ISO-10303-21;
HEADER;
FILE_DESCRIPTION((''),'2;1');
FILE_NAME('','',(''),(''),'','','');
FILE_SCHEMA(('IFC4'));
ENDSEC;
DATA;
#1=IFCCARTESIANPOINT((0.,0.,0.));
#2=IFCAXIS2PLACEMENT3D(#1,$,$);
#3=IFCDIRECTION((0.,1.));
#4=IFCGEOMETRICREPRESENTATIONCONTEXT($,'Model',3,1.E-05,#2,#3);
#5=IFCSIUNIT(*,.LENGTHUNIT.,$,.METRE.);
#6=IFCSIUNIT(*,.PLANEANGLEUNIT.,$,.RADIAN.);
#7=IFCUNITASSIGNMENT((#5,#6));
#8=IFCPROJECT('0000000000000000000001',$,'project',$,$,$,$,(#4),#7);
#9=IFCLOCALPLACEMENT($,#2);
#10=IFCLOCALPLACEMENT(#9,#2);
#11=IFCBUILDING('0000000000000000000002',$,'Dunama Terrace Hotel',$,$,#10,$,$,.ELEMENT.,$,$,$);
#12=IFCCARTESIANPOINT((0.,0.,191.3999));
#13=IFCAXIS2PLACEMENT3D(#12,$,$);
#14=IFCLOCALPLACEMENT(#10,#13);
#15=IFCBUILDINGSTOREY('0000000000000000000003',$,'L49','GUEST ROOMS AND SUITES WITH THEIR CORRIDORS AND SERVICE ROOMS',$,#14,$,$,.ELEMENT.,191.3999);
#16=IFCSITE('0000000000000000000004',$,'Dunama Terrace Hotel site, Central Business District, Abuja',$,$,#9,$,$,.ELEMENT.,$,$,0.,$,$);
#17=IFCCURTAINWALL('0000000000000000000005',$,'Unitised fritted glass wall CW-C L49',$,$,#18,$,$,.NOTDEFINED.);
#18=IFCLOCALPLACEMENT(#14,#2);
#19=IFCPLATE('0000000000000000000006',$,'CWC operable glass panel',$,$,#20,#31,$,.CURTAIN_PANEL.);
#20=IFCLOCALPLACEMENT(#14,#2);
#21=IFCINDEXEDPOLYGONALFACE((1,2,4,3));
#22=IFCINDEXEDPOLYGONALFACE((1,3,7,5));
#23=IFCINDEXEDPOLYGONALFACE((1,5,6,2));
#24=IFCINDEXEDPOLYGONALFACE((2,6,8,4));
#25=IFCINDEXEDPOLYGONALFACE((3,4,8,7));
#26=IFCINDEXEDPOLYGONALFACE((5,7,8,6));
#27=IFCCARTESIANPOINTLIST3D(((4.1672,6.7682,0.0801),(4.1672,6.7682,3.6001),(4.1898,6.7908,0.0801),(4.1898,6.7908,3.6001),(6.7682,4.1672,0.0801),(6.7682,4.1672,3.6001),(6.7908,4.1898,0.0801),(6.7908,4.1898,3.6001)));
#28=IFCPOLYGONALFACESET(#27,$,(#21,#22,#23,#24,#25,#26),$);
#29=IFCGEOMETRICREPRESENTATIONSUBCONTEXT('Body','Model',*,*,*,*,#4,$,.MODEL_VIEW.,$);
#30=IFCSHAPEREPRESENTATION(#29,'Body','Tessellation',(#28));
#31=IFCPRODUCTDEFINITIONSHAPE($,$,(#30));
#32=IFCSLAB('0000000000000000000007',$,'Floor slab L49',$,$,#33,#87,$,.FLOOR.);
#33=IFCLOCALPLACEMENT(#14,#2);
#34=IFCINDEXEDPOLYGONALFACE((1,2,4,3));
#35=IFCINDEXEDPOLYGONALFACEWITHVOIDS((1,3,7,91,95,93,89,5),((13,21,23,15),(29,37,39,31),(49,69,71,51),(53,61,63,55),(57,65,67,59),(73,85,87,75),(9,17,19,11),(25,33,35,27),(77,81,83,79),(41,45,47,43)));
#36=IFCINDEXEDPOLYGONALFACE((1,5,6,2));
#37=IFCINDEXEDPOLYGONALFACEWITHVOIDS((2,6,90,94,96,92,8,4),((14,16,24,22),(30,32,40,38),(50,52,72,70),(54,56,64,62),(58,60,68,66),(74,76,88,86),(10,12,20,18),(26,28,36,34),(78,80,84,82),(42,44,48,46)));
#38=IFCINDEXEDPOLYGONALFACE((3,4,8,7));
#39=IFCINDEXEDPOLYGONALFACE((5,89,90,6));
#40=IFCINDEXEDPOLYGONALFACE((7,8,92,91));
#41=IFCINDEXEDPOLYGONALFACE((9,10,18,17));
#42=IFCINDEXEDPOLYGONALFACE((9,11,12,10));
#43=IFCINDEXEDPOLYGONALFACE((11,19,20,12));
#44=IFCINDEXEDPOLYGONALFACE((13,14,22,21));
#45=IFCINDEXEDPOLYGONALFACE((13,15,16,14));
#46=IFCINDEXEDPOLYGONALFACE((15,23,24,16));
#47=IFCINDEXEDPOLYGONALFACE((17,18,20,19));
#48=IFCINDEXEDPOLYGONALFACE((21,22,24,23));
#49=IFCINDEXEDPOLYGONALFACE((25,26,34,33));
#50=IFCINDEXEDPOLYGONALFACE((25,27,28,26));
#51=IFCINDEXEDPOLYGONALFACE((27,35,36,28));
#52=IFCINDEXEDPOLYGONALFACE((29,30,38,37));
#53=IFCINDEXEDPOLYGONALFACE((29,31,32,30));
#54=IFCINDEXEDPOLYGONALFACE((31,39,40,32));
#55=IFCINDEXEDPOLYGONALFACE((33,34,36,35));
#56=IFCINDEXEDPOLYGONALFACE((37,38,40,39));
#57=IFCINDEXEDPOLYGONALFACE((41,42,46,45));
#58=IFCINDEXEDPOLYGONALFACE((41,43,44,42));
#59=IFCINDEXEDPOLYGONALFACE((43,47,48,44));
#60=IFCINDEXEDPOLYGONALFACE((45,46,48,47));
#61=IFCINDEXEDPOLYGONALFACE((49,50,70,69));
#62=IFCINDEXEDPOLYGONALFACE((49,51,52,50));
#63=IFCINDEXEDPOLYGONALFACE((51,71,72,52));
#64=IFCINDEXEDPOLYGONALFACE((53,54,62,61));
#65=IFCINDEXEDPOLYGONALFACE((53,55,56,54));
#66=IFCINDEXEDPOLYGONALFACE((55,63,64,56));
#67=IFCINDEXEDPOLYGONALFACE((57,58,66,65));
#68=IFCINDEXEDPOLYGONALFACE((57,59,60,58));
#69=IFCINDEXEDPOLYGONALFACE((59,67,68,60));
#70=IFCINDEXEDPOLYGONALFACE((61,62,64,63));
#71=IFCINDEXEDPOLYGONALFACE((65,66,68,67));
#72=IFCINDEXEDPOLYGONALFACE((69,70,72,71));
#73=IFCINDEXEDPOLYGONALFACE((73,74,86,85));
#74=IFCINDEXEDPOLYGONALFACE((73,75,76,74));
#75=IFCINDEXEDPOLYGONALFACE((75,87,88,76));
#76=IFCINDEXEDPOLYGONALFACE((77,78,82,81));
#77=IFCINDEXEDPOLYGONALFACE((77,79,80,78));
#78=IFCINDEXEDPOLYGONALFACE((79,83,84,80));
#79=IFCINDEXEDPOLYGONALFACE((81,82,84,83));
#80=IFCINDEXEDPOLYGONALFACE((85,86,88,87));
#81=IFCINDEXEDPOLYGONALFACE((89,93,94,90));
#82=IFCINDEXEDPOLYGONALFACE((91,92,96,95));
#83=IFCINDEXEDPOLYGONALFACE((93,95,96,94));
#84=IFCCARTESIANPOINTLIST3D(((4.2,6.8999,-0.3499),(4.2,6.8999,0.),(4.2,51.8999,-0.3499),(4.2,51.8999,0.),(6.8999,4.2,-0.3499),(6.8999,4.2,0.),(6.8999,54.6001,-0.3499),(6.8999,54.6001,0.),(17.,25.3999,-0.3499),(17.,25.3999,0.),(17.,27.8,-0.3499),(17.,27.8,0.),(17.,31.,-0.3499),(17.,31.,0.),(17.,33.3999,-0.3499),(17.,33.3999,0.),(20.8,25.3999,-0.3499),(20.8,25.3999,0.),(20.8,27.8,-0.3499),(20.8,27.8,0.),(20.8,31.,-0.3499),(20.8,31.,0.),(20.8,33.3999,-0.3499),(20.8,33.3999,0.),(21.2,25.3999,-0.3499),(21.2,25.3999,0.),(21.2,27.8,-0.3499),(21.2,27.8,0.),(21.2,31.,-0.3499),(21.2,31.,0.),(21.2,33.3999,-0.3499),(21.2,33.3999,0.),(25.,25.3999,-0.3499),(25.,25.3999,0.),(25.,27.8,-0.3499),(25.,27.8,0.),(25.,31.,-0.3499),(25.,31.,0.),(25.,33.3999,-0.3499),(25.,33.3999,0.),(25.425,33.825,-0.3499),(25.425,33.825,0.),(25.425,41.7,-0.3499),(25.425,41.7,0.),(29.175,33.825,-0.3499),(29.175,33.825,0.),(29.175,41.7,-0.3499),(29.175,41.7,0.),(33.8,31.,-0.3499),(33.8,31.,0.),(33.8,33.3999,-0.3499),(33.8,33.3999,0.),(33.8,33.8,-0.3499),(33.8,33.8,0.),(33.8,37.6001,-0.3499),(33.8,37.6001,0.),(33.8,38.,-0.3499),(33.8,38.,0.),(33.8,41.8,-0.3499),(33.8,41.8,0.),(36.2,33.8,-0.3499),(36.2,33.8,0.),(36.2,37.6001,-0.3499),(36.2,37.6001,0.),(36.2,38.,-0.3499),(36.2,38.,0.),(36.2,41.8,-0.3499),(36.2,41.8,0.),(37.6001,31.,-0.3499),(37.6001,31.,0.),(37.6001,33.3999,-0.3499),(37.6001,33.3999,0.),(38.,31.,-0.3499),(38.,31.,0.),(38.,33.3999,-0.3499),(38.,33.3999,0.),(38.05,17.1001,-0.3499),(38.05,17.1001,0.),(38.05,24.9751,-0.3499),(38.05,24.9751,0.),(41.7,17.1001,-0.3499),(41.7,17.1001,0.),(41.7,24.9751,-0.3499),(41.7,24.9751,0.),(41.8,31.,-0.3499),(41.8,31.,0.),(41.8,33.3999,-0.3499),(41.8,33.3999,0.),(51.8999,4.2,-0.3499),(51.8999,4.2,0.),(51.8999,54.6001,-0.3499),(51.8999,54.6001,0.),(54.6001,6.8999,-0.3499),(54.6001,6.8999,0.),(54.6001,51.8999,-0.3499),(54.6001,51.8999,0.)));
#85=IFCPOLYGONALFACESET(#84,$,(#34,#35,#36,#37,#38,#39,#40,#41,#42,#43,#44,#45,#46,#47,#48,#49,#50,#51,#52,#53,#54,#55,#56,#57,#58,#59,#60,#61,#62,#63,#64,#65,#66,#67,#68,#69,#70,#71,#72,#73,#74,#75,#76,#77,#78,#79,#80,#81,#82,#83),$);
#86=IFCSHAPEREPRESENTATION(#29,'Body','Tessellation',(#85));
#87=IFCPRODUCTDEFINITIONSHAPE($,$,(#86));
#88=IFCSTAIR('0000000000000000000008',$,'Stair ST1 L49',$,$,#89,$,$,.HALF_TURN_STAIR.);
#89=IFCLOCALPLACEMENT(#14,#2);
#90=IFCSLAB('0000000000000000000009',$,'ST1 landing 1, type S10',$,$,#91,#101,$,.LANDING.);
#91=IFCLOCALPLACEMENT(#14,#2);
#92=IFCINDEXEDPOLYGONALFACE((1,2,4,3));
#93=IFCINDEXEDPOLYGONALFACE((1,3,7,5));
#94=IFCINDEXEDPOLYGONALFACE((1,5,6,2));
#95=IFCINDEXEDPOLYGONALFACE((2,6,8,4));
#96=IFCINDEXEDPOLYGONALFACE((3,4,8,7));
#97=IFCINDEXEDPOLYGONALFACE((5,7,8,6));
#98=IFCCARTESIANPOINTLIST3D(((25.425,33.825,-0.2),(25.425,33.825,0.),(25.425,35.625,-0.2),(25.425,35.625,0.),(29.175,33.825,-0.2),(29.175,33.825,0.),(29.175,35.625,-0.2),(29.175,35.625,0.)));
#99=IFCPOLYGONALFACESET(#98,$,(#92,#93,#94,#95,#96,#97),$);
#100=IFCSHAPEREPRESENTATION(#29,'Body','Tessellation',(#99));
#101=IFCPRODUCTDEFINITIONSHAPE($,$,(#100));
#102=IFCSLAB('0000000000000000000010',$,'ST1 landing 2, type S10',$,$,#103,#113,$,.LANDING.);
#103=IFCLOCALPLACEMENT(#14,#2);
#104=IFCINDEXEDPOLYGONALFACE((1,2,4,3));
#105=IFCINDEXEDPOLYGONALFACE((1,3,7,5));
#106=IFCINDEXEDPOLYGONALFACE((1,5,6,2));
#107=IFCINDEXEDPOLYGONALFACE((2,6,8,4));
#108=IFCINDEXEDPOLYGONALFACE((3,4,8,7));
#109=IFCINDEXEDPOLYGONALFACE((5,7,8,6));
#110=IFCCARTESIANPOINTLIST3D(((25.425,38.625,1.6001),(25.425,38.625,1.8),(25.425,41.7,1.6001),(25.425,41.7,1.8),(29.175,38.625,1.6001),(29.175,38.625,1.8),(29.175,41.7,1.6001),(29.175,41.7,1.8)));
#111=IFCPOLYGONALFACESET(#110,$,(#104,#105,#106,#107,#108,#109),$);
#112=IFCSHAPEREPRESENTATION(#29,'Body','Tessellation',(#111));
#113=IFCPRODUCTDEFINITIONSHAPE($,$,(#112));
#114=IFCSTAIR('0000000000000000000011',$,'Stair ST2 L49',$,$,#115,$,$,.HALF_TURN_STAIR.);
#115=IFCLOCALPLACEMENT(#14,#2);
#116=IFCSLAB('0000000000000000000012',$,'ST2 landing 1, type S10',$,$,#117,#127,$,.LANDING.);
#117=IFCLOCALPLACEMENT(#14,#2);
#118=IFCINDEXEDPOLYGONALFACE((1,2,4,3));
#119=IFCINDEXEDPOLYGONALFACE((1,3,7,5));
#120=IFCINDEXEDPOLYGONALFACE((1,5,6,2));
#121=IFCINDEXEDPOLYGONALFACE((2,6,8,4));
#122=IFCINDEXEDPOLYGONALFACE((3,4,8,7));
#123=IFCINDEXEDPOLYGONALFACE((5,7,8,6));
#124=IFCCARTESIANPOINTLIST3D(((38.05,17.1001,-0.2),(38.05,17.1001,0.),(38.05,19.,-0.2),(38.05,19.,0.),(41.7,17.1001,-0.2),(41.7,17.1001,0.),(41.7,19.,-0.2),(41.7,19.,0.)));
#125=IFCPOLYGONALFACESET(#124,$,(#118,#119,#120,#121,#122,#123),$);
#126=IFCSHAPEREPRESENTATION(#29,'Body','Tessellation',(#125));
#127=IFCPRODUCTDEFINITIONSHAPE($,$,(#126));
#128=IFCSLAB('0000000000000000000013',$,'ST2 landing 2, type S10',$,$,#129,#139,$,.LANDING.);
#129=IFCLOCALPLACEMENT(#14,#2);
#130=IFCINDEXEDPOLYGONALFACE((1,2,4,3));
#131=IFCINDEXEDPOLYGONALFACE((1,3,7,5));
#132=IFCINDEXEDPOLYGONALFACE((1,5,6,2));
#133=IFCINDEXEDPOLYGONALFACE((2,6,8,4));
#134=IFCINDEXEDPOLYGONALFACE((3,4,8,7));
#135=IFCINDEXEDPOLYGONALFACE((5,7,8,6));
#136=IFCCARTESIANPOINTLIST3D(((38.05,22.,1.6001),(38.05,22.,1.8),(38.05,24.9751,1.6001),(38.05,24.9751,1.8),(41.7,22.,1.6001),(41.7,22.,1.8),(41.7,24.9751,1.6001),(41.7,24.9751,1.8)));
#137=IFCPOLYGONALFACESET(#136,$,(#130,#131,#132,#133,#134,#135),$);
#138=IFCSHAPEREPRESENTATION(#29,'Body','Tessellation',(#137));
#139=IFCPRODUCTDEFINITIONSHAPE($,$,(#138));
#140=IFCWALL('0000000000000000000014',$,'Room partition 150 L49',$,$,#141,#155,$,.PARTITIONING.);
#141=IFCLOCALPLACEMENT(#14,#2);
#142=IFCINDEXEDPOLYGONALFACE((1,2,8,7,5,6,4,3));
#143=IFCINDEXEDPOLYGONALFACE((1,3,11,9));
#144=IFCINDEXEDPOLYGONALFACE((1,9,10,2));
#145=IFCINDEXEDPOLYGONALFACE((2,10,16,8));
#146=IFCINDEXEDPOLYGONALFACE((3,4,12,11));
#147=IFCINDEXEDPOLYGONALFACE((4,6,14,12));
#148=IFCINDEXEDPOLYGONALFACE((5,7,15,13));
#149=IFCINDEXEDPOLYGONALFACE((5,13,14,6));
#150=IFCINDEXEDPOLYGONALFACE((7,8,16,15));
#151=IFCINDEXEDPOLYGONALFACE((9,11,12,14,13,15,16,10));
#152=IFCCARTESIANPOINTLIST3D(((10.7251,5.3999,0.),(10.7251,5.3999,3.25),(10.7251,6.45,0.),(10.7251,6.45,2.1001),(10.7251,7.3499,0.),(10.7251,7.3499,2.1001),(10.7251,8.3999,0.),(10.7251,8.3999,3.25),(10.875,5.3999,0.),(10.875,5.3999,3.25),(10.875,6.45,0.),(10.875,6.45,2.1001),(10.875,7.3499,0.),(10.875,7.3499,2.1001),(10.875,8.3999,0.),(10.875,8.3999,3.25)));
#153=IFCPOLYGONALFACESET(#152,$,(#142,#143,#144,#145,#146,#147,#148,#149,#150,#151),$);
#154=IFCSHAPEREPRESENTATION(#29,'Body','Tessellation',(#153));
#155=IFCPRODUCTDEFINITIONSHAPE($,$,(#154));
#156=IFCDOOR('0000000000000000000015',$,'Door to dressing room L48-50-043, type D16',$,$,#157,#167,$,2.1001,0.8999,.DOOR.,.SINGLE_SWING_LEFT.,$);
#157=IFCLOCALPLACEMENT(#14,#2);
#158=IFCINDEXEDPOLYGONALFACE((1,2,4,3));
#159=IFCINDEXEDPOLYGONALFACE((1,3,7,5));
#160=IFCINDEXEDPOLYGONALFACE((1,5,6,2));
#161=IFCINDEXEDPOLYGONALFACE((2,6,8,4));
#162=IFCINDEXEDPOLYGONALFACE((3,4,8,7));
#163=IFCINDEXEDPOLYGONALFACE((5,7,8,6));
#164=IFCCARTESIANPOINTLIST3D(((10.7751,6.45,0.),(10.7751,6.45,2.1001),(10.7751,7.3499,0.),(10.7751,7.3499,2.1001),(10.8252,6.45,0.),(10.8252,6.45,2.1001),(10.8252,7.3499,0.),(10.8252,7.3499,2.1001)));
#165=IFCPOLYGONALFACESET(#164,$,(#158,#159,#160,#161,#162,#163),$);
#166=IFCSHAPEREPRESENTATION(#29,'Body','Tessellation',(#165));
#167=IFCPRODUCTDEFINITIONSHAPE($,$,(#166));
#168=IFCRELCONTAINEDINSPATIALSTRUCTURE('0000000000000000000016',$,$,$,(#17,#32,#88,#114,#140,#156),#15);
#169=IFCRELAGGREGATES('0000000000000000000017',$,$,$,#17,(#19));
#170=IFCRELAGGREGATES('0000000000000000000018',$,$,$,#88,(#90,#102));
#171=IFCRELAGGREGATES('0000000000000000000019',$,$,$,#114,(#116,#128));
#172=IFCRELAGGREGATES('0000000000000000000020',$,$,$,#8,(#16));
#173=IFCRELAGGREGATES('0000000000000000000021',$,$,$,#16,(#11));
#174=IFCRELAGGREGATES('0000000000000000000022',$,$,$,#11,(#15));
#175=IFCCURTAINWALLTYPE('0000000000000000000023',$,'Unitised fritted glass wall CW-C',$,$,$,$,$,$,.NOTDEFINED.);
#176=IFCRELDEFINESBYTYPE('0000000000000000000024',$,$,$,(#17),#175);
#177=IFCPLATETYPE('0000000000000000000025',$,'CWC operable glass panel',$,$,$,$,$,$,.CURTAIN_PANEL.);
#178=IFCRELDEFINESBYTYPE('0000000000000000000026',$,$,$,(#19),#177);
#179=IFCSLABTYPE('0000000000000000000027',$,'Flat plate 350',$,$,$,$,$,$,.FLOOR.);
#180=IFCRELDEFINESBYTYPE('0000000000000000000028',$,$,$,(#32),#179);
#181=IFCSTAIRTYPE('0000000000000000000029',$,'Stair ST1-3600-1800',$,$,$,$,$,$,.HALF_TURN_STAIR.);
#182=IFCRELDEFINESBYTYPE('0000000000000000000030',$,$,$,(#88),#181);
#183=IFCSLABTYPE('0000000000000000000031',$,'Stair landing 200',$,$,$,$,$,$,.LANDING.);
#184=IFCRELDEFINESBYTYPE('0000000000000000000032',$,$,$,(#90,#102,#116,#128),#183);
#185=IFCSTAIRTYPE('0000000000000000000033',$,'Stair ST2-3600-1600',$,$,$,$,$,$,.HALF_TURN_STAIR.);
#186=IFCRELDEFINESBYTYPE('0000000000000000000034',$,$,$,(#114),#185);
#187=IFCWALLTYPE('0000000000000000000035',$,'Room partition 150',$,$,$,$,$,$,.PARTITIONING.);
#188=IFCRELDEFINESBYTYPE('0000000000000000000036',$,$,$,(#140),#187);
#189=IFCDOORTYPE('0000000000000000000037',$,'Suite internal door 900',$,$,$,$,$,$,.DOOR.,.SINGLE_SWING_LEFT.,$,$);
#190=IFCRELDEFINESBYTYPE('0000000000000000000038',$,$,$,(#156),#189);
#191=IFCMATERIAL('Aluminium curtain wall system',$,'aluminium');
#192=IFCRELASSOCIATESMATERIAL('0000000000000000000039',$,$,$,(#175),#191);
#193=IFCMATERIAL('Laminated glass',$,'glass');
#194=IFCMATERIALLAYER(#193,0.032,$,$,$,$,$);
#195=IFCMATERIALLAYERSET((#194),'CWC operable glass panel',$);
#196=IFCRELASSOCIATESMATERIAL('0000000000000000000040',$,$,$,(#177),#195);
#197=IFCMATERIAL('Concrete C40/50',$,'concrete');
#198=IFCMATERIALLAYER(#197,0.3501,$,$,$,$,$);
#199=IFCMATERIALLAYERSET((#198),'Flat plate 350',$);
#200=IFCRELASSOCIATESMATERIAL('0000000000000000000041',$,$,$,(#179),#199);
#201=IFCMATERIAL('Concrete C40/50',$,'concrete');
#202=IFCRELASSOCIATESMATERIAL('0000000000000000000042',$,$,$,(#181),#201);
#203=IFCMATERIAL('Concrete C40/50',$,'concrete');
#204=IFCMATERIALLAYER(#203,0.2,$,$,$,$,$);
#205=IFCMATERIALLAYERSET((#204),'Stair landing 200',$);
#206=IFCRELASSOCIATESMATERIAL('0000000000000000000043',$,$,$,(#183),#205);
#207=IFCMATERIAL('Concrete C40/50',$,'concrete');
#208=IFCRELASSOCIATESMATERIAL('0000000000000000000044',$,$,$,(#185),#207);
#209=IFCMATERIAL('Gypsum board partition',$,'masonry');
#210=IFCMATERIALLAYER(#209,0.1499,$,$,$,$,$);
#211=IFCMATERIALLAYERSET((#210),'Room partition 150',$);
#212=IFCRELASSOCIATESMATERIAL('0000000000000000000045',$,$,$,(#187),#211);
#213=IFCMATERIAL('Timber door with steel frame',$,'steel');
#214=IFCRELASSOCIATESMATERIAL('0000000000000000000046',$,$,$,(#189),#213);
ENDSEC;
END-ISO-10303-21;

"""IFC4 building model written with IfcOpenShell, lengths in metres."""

from ifc_helpers import new_model, si_unit, direction, frame, frame_2d, origin, origin_2d, place, context, subcontext, project, spatial, polyline, rectangle, outline, extrude, material, layer, layer_set, type_object, element, fill, aggregate, save


model = new_model("IFC4")

# Units and contexts
model_context = context("Model", 3, precision=1e-05, world=origin(), true_north=direction((0.0, 1.0)))
body_context = subcontext(model_context, "Body", "Model", "MODEL_VIEW")
ifc_project = project(units=[si_unit("LENGTHUNIT", "METRE"), si_unit("PLANEANGLEUNIT", "RADIAN")], contexts=[model_context])

# Site, building, storey
site_placement = place(None, origin())
site = spatial("IfcSite", under=ifc_project, at=site_placement, Name="Dunama Terrace Hotel site, Central Business District, Abuja", CompositionType="ELEMENT", RefElevation=0.0)
building_placement = place(site_placement, origin())
building = spatial("IfcBuilding", under=site, at=building_placement, Name="Dunama Terrace Hotel", CompositionType="ELEMENT")
storey_placement = place(building_placement, frame((0.0, 0.0, 191.3999)))
storey = spatial("IfcBuildingStorey", under=building, at=storey_placement, Name="L49", Description="GUEST ROOMS AND SUITES WITH THEIR CORRIDORS AND SERVICE ROOMS", CompositionType="ELEMENT", Elevation=191.3999)

# Shared definitions
ifc_material_1 = material(Name="Aluminium curtain wall system", Category="aluminium")
curtain_wall_type = type_object("IfcCurtainWallType", Name="Unitised fritted glass wall CW-C", PredefinedType="NOTDEFINED", material=ifc_material_1)

# Curtain wall
curtain_wall_1_placement = place(storey_placement, origin())
curtain_wall_1 = element("IfcCurtainWall", 1, at=curtain_wall_1_placement, inside=storey, type_object=curtain_wall_type, Name="Unitised fritted glass wall CW-C L49", PredefinedType="NOTDEFINED")

# Plate
ifc_material_2 = material(Name="Laminated glass", Category="glass")
ifc_layer_1 = layer(ifc_material_2, 0.032)
ifc_layer_set_1 = layer_set([ifc_layer_1], Name="CWC operable glass panel")
plate_type_1 = type_object("IfcPlateType", Name="CWC operable glass panel", PredefinedType="CURTAIN_PANEL", material=ifc_layer_set_1)
plate_1_placement = place(storey_placement, frame((5.479, 5.479, 0.0801), z_axis=(0.0, 0.0, 1.0), x_axis=(0.707107, -0.707107, 0.0)))
plate_1 = element("IfcPlate", 2, at=plate_1_placement, type_object=plate_type_1, Name="CWC operable glass panel", PredefinedType="CURTAIN_PANEL", context=body_context, shape_type="SweptSolid", body=[
    extrude(rectangle(XDim=3.6785, YDim=0.032, at=origin_2d()), origin(), (0.0, 0.0, 1.0), 3.52),
])
aggregate(curtain_wall_1, [plate_1])

# Slab
ifc_material_3 = material(Name="Concrete C40/50", Category="concrete")
ifc_layer_2 = layer(ifc_material_3, 0.3501)
ifc_layer_set_2 = layer_set([ifc_layer_2], Name="Flat plate 350")
slab_type_1 = type_object("IfcSlabType", Name="Flat plate 350", PredefinedType="FLOOR", material=ifc_layer_set_2)
slab_1_placement = place(storey_placement, frame((0.0, 0.0, -0.3499)))
element("IfcSlab", 3, at=slab_1_placement, inside=storey, type_object=slab_type_1, Name="Floor slab L49", PredefinedType="FLOOR", context=body_context, shape_type="SweptSolid", body=[
    extrude(outline(polyline([(6.8999, 4.2), (51.8999, 4.2), (54.6001, 6.8999), (54.6001, 51.8999), (51.8999, 54.6001), (6.8999, 54.6001), (4.2, 51.8999), (4.2, 6.8999), (6.8999, 4.2)]), holes=[polyline([(20.8, 25.3999), (20.8, 27.8), (17.0, 27.8), (17.0, 25.3999), (20.8, 25.3999)]), polyline([(25.0, 25.3999), (25.0, 27.8), (21.2, 27.8), (21.2, 25.3999), (25.0, 25.3999)]), polyline([(20.8, 31.0), (20.8, 33.3999), (17.0, 33.3999), (17.0, 31.0), (20.8, 31.0)]), polyline([(25.0, 31.0), (25.0, 33.3999), (21.2, 33.3999), (21.2, 31.0), (25.0, 31.0)]), polyline([(37.6001, 31.0), (37.6001, 33.3999), (33.8, 33.3999), (33.8, 31.0), (37.6001, 31.0)]), polyline([(41.8, 31.0), (41.8, 33.3999), (38.0, 33.3999), (38.0, 31.0), (41.8, 31.0)]), polyline([(36.2, 38.0), (36.2, 41.8), (33.8, 41.8), (33.8, 38.0), (36.2, 38.0)]), polyline([(36.2, 33.8), (36.2, 37.6001), (33.8, 37.6001), (33.8, 33.8), (36.2, 33.8)]), polyline([(29.175, 33.825), (29.175, 41.7), (25.425, 41.7), (25.425, 33.825), (29.175, 33.825)]), polyline([(41.7, 17.1001), (41.7, 24.9751), (38.05, 24.9751), (38.05, 17.1001), (41.7, 17.1001)])]), origin(), (0.0, 0.0, 1.0), 0.3499),
])

# Stairs, slabs
ifc_material_4 = material(Name="Concrete C40/50", Category="concrete")
stair_type_1 = type_object("IfcStairType", Name="Stair ST1-3600-1800", PredefinedType="HALF_TURN_STAIR", material=ifc_material_4)
stair_1_placement = place(storey_placement, origin())
stair_1 = element("IfcStair", 4, at=stair_1_placement, inside=storey, type_object=stair_type_1, Name="Stair ST1 L49", PredefinedType="HALF_TURN_STAIR")
ifc_material_5 = material(Name="Concrete C40/50", Category="concrete")
ifc_layer_3 = layer(ifc_material_5, 0.2)
ifc_layer_set_3 = layer_set([ifc_layer_3], Name="Stair landing 200")
slab_type_2 = type_object("IfcSlabType", Name="Stair landing 200", PredefinedType="LANDING", material=ifc_layer_set_3)
slab_2_placement = place(storey_placement, frame((0.0, 0.0, -0.2)))
slab_2 = element("IfcSlab", 5, at=slab_2_placement, type_object=slab_type_2, Name="ST1 landing 1, type S10", PredefinedType="LANDING", context=body_context, shape_type="SweptSolid", body=[
    extrude(outline(polyline([(25.425, 33.825), (29.175, 33.825), (29.175, 35.625), (25.425, 35.625), (25.425, 33.825)])), origin(), (0.0, 0.0, 1.0), 0.2),
])
slab_3_placement = place(storey_placement, frame((0.0, 0.0, 1.6001)))
slab_3 = element("IfcSlab", 6, at=slab_3_placement, type_object=slab_type_2, Name="ST1 landing 2, type S10", PredefinedType="LANDING", context=body_context, shape_type="SweptSolid", body=[
    extrude(outline(polyline([(25.425, 38.625), (29.175, 38.625), (29.175, 41.7), (25.425, 41.7), (25.425, 38.625)])), origin(), (0.0, 0.0, 1.0), 0.2),
])
aggregate(stair_1, [slab_2, slab_3])
ifc_material_6 = material(Name="Concrete C40/50", Category="concrete")
stair_type_2 = type_object("IfcStairType", Name="Stair ST2-3600-1600", PredefinedType="HALF_TURN_STAIR", material=ifc_material_6)
stair_2_placement = place(storey_placement, origin())
stair_2 = element("IfcStair", 7, at=stair_2_placement, inside=storey, type_object=stair_type_2, Name="Stair ST2 L49", PredefinedType="HALF_TURN_STAIR")
slab_4_placement = place(storey_placement, frame((0.0, 0.0, -0.2)))
slab_4 = element("IfcSlab", 8, at=slab_4_placement, type_object=slab_type_2, Name="ST2 landing 1, type S10", PredefinedType="LANDING", context=body_context, shape_type="SweptSolid", body=[
    extrude(outline(polyline([(38.05, 17.1001), (41.7, 17.1001), (41.7, 19.0), (38.05, 19.0), (38.05, 17.1001)])), origin(), (0.0, 0.0, 1.0), 0.2),
])
slab_5_placement = place(storey_placement, frame((0.0, 0.0, 1.6001)))
slab_5 = element("IfcSlab", 9, at=slab_5_placement, type_object=slab_type_2, Name="ST2 landing 2, type S10", PredefinedType="LANDING", context=body_context, shape_type="SweptSolid", body=[
    extrude(outline(polyline([(38.05, 22.0), (41.7, 22.0), (41.7, 24.9751), (38.05, 24.9751), (38.05, 22.0)])), origin(), (0.0, 0.0, 1.0), 0.2),
])
aggregate(stair_2, [slab_4, slab_5])

# Wall, opening, door
ifc_material_7 = material(Name="Gypsum board partition", Category="masonry")
ifc_layer_4 = layer(ifc_material_7, 0.1499)
ifc_layer_set_4 = layer_set([ifc_layer_4], Name="Room partition 150")
wall_type = type_object("IfcWallType", Name="Room partition 150", PredefinedType="PARTITIONING", material=ifc_layer_set_4)
wall_1_placement = place(storey_placement, frame((10.8, 5.3999, 0.0), z_axis=(0.0, 0.0, 1.0), x_axis=(0.0, 1.0, 0.0)))
wall_1 = element("IfcWall", 10, at=wall_1_placement, inside=storey, type_object=wall_type, Name="Room partition 150 L49", PredefinedType="PARTITIONING", context=body_context, shape_type="SweptSolid", body=[
    extrude(rectangle(XDim=3.0, YDim=0.1499, at=frame_2d((1.5, 0.0))), origin(), (0.0, 0.0, 1.0), 3.25),
])
opening_1_placement = place(wall_1_placement, frame((1.05, 0.0, 0.0)))
opening_1 = element("IfcOpeningElement", 11, at=opening_1_placement, cuts=wall_1, PredefinedType="OPENING", context=body_context, shape_type="SweptSolid", body=[
    extrude(rectangle(XDim=0.8999, YDim=2.1001, at=frame_2d((0.45, 1.05))), frame((0.0, 0.085, 0.0), z_axis=(0.0, -1.0, 0.0), x_axis=(1.0, 0.0, 0.0)), (0.0, 0.0, 1.0), 0.1699),
])
ifc_material_8 = material(Name="Timber door with steel frame", Category="steel")
door_type = type_object("IfcDoorType", Name="Suite internal door 900", OperationType="SINGLE_SWING_LEFT", PredefinedType="DOOR", material=ifc_material_8)
door_1_placement = place(opening_1_placement, frame((0.8999, 0.0, 0.0), z_axis=(0.0, 0.0, 1.0), x_axis=(-1.0, 0.0, 0.0)))
door_1 = element("IfcDoor", 12, at=door_1_placement, inside=storey, type_object=door_type, Name="Door to dressing room L48-50-043, type D16", OperationType="SINGLE_SWING_LEFT", OverallHeight=2.1001, OverallWidth=0.8999, PredefinedType="DOOR", context=body_context, shape_type="SweptSolid", body=[
    extrude(rectangle(XDim=0.8999, YDim=2.1001, at=frame_2d((0.45, 1.05))), frame((0.0, 0.0251, 0.0), z_axis=(0.0, -1.0, 0.0), x_axis=(1.0, 0.0, 0.0)), (0.0, 0.0, 1.0), 0.05),
])
fill(opening_1, door_1)

save(model, "model.ifc")
